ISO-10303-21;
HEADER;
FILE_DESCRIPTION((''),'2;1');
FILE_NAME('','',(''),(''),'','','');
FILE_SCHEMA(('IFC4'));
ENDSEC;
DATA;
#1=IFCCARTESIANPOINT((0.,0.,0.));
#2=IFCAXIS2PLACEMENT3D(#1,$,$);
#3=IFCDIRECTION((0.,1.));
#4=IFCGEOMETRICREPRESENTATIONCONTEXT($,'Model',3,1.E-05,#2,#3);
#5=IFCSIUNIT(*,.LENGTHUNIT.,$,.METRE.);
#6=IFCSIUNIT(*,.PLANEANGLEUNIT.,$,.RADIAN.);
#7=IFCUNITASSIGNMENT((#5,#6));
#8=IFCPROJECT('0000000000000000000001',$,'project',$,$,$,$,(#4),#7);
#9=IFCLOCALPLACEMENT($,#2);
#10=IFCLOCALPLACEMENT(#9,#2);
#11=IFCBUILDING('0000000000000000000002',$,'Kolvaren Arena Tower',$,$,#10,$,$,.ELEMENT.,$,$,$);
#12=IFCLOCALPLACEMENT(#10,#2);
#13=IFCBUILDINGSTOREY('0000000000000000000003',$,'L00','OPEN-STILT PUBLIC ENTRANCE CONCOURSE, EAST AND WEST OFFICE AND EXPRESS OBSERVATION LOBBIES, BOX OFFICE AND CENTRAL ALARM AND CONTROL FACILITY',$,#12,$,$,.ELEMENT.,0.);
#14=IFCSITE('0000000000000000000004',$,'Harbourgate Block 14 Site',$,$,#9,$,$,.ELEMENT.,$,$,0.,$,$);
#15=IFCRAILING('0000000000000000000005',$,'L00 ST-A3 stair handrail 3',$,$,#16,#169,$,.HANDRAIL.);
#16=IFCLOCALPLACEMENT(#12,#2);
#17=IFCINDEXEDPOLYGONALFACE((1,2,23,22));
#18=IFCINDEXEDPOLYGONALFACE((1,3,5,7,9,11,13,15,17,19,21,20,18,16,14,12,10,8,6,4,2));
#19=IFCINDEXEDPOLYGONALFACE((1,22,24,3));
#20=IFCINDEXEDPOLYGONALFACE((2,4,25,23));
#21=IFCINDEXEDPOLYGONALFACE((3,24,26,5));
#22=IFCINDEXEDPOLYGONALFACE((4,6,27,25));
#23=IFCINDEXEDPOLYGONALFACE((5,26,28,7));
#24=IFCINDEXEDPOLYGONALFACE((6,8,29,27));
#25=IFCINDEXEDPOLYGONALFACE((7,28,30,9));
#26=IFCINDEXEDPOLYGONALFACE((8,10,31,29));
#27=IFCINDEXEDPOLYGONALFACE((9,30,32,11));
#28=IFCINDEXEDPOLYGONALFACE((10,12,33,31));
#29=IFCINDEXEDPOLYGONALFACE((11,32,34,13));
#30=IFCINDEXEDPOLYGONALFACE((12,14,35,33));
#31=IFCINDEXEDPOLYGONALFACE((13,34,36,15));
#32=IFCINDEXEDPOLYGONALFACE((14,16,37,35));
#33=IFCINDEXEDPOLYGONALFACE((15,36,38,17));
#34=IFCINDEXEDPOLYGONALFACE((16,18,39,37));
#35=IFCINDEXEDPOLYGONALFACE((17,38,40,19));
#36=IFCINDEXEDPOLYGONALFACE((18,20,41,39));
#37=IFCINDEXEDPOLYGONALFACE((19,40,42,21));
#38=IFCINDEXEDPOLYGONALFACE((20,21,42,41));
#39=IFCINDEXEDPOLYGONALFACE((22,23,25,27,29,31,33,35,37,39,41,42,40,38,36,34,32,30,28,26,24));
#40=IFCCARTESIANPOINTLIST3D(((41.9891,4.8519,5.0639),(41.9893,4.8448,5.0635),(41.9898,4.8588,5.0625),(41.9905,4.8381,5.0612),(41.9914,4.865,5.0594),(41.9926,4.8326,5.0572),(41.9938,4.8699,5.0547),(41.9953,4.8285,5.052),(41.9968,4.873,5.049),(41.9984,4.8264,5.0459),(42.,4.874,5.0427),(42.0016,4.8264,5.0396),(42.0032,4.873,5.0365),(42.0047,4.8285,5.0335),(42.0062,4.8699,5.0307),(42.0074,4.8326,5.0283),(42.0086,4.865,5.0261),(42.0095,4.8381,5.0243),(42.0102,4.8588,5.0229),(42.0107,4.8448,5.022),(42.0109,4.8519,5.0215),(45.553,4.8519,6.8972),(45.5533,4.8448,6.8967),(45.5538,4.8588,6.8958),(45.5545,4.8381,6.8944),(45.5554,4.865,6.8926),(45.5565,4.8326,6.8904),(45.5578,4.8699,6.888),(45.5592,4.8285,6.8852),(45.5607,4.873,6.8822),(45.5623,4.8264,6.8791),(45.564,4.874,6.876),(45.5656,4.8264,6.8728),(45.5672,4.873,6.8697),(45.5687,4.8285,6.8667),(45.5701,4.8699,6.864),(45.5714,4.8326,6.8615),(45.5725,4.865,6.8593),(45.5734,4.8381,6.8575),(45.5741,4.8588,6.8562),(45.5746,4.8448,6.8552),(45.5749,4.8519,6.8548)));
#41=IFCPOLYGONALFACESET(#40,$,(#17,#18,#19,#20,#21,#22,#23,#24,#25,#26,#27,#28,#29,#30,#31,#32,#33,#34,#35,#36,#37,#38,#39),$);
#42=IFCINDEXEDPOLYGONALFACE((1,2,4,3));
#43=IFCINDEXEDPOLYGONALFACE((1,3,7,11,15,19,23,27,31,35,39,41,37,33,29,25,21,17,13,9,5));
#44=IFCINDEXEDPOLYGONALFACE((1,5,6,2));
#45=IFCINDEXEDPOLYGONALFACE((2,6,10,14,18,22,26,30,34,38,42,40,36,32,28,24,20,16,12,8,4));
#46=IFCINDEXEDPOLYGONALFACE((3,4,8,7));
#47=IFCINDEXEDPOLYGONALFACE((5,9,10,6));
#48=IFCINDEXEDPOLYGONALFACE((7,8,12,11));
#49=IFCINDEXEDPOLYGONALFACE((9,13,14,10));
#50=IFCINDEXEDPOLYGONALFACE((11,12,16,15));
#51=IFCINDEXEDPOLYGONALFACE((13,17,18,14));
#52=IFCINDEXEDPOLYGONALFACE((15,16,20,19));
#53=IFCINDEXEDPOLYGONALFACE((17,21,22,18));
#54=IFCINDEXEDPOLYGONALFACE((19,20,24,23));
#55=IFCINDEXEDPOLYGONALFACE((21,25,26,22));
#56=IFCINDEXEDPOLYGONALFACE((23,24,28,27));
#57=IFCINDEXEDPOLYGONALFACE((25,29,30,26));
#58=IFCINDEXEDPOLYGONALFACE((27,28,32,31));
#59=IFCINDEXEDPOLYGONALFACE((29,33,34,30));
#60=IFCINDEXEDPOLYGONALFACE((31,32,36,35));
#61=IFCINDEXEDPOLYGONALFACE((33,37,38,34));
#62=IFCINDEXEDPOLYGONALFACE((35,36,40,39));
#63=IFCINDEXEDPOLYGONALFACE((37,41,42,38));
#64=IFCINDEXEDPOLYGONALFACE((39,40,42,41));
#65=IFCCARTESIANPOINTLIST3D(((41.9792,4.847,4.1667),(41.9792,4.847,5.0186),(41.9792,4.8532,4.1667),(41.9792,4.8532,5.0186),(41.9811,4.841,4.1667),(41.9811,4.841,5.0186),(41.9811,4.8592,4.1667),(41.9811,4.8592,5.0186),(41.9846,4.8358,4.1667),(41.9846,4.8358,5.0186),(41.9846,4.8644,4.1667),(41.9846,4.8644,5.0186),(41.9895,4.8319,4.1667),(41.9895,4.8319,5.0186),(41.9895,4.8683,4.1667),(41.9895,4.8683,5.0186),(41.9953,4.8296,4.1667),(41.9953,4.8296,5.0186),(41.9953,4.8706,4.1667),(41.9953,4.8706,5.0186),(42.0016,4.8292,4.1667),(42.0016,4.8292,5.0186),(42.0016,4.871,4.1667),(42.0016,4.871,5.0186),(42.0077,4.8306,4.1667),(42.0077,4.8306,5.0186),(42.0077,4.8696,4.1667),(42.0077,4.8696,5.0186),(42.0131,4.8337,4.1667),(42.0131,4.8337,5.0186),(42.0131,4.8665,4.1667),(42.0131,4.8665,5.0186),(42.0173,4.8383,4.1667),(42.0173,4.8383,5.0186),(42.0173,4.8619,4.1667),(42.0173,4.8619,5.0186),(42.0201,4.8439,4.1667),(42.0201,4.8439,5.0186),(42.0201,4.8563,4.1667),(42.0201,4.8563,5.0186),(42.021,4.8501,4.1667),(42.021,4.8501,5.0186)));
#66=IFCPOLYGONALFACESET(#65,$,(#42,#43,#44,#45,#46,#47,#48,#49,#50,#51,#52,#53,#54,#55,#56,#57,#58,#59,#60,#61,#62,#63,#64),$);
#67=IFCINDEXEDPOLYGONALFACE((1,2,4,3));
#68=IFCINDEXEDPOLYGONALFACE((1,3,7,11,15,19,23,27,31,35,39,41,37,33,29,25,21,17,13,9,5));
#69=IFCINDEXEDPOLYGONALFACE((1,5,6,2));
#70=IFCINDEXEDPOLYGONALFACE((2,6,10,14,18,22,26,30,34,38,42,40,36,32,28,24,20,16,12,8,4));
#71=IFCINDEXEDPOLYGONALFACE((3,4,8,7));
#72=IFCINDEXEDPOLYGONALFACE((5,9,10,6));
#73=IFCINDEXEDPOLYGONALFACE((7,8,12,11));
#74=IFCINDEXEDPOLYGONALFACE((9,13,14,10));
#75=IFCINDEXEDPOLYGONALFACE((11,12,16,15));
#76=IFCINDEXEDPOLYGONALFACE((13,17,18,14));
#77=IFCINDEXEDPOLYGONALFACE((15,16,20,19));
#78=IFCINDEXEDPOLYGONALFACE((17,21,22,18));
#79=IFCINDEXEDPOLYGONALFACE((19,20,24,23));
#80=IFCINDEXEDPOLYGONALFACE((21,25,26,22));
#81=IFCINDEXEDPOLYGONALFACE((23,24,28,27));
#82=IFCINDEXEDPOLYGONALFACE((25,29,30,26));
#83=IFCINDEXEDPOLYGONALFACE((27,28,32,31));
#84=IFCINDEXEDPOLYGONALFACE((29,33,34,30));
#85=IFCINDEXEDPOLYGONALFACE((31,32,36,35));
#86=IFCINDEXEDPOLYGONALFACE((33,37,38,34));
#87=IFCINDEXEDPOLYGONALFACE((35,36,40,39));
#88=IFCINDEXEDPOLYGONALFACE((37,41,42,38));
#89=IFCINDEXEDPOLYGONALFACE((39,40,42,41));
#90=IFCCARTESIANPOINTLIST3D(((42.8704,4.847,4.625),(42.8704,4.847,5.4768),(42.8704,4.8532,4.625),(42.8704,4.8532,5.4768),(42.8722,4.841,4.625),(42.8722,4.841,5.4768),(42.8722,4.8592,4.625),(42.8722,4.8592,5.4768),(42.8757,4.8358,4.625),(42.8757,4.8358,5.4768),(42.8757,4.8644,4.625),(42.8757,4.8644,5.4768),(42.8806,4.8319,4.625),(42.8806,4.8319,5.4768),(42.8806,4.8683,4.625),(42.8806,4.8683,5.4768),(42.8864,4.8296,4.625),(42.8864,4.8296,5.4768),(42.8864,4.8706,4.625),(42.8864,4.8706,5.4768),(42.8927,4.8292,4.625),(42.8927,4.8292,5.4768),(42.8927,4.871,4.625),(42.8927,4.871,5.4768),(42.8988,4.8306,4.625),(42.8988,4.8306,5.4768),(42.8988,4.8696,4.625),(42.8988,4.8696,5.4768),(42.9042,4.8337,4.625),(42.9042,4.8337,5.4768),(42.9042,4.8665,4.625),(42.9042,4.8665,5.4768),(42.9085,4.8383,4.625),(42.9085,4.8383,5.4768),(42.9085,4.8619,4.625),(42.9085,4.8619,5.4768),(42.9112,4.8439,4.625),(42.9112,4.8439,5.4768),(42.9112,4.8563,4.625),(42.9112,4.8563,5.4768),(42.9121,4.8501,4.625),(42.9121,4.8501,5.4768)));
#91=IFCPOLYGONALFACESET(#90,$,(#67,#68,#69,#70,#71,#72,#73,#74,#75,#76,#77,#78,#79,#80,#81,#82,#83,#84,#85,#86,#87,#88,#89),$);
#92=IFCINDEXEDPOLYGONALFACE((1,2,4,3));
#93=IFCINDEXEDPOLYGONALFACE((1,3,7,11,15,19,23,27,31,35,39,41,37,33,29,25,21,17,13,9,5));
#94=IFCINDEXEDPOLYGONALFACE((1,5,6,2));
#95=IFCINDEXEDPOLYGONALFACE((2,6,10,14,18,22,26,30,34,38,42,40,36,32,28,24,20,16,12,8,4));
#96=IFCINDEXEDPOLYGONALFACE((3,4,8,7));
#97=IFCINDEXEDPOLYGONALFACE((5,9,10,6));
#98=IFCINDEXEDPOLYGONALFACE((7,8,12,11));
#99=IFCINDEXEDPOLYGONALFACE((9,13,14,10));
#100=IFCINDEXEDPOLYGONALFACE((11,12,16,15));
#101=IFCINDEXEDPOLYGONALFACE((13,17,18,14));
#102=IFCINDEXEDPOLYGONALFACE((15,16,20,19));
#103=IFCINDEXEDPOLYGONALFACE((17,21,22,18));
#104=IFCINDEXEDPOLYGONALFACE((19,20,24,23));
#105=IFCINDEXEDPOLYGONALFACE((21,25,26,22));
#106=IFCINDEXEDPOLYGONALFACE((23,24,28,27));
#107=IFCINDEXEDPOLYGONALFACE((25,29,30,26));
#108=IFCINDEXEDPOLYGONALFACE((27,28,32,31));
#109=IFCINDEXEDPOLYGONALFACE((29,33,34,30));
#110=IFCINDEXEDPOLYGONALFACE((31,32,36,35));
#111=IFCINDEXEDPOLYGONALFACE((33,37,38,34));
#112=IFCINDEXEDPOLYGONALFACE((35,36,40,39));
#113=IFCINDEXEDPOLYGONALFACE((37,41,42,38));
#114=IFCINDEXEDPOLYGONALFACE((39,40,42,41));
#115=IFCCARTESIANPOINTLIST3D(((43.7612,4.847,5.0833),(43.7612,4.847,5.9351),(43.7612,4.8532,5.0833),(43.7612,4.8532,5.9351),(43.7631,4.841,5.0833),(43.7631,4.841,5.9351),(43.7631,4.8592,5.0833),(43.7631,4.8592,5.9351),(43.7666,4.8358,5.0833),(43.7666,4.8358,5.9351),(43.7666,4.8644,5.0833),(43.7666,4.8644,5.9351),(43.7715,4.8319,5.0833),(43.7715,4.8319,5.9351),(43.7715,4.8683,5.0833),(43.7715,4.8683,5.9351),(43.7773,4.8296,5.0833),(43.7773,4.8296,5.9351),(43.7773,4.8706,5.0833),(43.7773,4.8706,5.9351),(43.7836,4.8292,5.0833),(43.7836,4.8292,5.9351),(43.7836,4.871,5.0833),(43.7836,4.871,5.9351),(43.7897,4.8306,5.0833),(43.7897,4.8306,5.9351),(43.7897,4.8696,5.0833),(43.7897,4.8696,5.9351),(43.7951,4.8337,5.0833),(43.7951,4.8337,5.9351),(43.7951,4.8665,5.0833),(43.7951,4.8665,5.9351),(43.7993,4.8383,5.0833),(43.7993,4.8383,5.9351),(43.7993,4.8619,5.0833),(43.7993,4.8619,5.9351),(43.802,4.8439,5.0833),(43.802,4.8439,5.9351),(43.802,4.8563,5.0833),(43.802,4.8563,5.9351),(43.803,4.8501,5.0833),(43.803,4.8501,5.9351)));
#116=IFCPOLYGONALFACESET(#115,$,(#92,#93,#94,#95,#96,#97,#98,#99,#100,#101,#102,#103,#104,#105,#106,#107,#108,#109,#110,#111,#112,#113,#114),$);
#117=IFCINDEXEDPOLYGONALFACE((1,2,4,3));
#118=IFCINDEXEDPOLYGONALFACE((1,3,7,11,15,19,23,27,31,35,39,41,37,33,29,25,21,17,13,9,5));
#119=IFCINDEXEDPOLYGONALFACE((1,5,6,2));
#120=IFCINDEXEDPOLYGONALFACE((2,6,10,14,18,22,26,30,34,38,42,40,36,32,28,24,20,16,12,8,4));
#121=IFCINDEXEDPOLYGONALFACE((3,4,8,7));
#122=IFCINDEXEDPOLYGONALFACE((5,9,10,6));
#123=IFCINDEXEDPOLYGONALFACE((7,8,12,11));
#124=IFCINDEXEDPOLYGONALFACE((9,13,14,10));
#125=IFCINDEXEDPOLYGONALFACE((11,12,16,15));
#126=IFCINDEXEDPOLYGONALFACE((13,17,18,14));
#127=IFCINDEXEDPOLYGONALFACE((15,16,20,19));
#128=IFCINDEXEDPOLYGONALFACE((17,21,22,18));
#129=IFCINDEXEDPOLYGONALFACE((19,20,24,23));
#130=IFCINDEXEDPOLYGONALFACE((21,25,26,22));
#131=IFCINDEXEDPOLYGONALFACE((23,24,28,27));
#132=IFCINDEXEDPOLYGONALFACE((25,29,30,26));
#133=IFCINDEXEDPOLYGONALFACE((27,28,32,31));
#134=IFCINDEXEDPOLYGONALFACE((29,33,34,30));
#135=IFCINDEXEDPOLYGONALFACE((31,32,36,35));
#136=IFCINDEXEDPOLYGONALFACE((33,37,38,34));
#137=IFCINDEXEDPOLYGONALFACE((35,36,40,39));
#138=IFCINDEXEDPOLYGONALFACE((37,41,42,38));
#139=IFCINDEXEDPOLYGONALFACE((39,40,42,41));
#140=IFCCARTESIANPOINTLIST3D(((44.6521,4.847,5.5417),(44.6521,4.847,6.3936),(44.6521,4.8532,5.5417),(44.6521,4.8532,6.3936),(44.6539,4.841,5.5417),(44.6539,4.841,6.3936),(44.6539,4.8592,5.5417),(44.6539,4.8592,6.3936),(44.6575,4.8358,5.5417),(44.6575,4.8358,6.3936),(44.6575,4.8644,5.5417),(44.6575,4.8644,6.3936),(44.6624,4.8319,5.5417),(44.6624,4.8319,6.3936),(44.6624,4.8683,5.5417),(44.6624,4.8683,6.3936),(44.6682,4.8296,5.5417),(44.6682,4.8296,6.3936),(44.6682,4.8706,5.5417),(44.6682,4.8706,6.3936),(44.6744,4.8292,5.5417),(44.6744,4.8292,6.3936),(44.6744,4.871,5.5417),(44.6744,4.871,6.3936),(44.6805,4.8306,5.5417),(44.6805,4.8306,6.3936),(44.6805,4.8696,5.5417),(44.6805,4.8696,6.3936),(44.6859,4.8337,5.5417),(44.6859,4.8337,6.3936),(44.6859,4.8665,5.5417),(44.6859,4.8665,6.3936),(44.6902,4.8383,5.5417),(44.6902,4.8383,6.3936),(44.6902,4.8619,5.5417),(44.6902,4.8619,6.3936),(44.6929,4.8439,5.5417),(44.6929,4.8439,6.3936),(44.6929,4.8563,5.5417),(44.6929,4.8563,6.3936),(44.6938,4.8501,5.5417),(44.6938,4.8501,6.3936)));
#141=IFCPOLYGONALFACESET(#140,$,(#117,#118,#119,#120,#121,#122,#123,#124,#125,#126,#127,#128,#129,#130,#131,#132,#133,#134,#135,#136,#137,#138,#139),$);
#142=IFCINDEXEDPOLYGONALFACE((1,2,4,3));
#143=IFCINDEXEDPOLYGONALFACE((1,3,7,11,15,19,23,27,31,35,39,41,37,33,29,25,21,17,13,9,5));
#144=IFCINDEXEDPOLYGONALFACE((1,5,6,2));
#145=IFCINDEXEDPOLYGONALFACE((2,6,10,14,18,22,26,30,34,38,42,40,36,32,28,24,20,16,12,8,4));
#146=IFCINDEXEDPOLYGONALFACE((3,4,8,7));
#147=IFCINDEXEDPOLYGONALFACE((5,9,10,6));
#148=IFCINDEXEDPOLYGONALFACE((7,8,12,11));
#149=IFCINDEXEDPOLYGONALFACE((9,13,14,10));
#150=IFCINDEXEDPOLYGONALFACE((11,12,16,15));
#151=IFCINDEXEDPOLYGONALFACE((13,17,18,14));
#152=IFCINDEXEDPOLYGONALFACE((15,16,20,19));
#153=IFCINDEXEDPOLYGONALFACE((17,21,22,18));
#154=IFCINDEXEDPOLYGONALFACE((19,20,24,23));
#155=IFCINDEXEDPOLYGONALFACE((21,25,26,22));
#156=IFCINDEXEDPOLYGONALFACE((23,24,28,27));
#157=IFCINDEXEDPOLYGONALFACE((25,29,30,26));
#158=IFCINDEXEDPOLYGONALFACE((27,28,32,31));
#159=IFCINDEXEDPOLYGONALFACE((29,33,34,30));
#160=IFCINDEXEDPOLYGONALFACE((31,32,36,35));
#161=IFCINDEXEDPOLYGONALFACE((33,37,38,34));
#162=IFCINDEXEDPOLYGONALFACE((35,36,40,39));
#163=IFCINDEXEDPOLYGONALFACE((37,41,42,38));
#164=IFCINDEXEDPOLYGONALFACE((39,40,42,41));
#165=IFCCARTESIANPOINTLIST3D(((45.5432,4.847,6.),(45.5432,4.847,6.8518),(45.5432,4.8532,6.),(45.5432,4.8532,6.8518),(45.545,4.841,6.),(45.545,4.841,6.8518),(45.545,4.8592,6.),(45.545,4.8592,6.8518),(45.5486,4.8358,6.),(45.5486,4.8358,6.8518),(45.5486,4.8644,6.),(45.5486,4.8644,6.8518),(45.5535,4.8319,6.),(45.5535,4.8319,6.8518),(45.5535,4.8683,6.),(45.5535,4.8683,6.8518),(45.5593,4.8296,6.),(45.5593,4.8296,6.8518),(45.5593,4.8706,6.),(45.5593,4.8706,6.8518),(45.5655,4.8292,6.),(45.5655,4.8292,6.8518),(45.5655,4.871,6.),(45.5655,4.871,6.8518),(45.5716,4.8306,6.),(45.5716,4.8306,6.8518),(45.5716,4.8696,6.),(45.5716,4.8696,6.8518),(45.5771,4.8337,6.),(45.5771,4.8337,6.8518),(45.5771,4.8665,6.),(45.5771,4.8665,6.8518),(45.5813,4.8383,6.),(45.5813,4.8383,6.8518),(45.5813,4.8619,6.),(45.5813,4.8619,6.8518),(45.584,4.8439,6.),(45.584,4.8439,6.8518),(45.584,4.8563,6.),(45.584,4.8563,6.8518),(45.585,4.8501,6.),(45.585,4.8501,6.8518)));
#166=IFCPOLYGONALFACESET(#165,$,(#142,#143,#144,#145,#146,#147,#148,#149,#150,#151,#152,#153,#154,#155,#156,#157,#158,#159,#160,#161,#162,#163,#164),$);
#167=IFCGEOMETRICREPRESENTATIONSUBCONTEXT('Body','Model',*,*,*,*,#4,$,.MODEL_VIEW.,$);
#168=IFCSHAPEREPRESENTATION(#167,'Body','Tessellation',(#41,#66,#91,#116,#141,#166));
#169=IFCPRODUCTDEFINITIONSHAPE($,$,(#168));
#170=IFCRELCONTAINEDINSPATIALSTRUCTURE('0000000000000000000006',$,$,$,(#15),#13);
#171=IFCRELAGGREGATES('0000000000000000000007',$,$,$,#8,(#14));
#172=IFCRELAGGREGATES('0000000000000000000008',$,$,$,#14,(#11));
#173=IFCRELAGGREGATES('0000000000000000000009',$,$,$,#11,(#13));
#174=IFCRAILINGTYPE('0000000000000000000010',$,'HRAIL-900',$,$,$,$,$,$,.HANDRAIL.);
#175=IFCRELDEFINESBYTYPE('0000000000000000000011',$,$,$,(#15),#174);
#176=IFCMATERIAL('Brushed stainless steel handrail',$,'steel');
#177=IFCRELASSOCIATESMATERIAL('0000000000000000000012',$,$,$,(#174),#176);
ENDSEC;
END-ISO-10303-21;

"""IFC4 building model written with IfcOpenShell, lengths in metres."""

from ifc_helpers import new_model, si_unit, direction, frame, origin, origin_2d, place, context, subcontext, project, spatial, circle, extrude, material, type_object, element, save


model = new_model("IFC4")

# Units and contexts
model_context = context("Model", 3, precision=1e-05, world=origin(), true_north=direction((0.0, 1.0)))
body_context = subcontext(model_context, "Body", "Model", "MODEL_VIEW")
ifc_project = project(units=[si_unit("LENGTHUNIT", "METRE"), si_unit("PLANEANGLEUNIT", "RADIAN")], contexts=[model_context])

# Site, building, storey
site_placement = place(None, origin())
site = spatial("IfcSite", under=ifc_project, at=site_placement, Name="Harbourgate Block 14 Site", CompositionType="ELEMENT", RefElevation=0.0)
building_placement = place(site_placement, origin())
building = spatial("IfcBuilding", under=site, at=building_placement, Name="Kolvaren Arena Tower", CompositionType="ELEMENT")
storey_placement = place(building_placement, origin())
storey = spatial("IfcBuildingStorey", under=building, at=storey_placement, Name="L00", Description="OPEN-STILT PUBLIC ENTRANCE CONCOURSE, EAST AND WEST OFFICE AND EXPRESS OBSERVATION LOBBIES, BOX OFFICE AND CENTRAL ALARM AND CONTROL FACILITY", CompositionType="ELEMENT", Elevation=0.0)

# Railing
ifc_material_1 = material(Name="Brushed stainless steel handrail", Category="steel")
railing_type_1 = type_object("IfcRailingType", Name="HRAIL-900", PredefinedType="HANDRAIL", material=ifc_material_1)
for number, where, name in (
    (1, (42.0, 4.8501, 4.1667), "L00 ST-A3 stair handrail 3"),
):
    element("IfcRailing", number, at=place(storey_placement, frame(where)), inside=storey, type_object=railing_type_1, Name=name, PredefinedType="HANDRAIL", context=body_context, shape_type="SweptSolid", body=[
        extrude(circle(Radius=0.0239, at=origin_2d()), frame((0.0, 0.0, 0.876), z_axis=(0.889252, 0.0, 0.457418), x_axis=(0.0, 1.0, 0.0)), (0.0, 0.0, 1.0), 4.0078),
        extrude(circle(Radius=0.021, at=origin_2d()), origin(), (0.0, 0.0, 1.0), 0.8518),
        extrude(circle(Radius=0.021, at=origin_2d()), frame((0.8911, 0.0, 0.4583)), (0.0, 0.0, 1.0), 0.8518),
        extrude(circle(Radius=0.021, at=origin_2d()), frame((1.782, 0.0, 0.9165)), (0.0, 0.0, 1.0), 0.8518),
        extrude(circle(Radius=0.021, at=origin_2d()), frame((2.6729, 0.0, 1.375)), (0.0, 0.0, 1.0), 0.8518),
        extrude(circle(Radius=0.021, at=origin_2d()), frame((3.564, 0.0, 1.8333)), (0.0, 0.0, 1.0), 0.8518),
    ])

save(model, "model.ifc")
